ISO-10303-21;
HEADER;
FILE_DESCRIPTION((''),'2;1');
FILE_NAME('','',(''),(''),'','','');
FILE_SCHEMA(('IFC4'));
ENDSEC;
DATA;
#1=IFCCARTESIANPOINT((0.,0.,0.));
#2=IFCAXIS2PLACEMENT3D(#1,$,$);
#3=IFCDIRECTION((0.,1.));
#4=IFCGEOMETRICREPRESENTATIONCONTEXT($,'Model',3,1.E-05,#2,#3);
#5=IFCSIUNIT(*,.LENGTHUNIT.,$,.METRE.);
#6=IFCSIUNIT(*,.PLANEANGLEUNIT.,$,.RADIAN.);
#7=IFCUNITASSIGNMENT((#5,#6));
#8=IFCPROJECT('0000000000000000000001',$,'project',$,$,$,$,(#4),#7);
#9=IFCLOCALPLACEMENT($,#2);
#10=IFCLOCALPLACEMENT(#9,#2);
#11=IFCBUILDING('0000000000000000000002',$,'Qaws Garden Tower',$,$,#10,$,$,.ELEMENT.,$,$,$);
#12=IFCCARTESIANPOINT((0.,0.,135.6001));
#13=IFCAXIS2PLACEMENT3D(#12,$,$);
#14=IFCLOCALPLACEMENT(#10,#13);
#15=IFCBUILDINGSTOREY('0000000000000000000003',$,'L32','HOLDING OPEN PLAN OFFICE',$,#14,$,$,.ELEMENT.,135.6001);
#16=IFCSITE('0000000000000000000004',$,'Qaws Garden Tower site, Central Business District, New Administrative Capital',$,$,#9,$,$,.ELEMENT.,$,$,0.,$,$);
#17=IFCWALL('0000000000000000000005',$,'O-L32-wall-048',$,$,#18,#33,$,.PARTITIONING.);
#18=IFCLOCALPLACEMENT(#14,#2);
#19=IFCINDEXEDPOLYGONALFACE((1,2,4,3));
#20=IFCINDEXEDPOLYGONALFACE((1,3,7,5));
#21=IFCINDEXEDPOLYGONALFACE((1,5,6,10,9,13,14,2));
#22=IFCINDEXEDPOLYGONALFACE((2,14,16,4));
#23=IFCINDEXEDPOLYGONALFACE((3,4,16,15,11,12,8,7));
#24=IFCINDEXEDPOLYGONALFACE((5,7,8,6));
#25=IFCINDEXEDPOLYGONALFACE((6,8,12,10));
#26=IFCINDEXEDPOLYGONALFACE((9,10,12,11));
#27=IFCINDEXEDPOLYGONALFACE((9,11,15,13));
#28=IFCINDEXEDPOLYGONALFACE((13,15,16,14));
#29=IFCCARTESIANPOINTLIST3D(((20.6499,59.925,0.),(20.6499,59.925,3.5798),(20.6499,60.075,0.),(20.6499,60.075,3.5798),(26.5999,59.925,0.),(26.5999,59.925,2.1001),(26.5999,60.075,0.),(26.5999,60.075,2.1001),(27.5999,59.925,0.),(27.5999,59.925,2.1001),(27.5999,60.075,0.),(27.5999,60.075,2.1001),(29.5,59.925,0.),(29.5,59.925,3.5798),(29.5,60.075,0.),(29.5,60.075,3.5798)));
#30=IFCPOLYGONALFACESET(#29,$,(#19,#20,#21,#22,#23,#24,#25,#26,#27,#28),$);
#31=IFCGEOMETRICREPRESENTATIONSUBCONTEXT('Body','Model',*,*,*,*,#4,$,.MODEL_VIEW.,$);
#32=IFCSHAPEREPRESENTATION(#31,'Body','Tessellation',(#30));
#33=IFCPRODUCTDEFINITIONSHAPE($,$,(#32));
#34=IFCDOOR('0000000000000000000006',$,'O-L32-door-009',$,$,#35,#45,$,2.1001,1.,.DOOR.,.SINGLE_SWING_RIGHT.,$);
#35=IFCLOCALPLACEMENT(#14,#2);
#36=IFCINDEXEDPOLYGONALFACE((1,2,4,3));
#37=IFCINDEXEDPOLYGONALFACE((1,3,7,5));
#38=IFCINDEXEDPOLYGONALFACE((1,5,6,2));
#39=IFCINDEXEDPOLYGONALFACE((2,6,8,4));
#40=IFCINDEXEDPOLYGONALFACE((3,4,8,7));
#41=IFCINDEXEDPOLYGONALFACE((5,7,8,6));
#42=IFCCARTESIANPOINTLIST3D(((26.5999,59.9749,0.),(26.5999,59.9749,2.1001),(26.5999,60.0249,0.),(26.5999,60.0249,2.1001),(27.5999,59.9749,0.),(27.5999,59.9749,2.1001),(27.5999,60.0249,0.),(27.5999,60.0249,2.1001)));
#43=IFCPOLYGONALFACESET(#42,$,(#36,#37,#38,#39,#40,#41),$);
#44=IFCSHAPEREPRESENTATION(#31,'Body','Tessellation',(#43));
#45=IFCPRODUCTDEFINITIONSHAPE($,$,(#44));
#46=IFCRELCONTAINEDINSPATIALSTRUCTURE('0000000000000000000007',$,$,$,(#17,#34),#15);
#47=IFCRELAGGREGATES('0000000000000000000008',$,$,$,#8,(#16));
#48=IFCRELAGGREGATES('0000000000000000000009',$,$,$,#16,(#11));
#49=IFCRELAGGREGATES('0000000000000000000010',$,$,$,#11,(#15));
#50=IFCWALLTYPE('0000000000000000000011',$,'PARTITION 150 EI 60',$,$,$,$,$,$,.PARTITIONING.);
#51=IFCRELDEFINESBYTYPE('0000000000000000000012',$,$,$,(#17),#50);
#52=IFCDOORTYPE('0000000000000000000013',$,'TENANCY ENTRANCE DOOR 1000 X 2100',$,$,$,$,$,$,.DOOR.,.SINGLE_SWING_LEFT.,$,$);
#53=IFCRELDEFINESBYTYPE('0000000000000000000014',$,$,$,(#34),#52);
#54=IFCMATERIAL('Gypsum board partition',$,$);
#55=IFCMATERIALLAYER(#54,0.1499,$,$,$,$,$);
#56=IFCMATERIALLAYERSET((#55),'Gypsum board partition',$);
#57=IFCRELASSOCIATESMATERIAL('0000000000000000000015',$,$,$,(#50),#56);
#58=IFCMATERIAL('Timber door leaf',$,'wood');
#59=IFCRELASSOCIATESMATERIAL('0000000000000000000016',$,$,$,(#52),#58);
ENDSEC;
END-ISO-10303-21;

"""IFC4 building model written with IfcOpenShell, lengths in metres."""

from ifc_helpers import new_model, si_unit, direction, frame, frame_2d, origin, place, context, subcontext, project, spatial, rectangle, extrude, material, layer, layer_set, type_object, element, fill, save


model = new_model("IFC4")

# Units and contexts
model_context = context("Model", 3, precision=1e-05, world=origin(), true_north=direction((0.0, 1.0)))
body_context = subcontext(model_context, "Body", "Model", "MODEL_VIEW")
ifc_project = project(units=[si_unit("LENGTHUNIT", "METRE"), si_unit("PLANEANGLEUNIT", "RADIAN")], contexts=[model_context])

# Site, building, storey
site_placement = place(None, origin())
site = spatial("IfcSite", under=ifc_project, at=site_placement, Name="Qaws Garden Tower site, Central Business District, New Administrative Capital", CompositionType="ELEMENT", RefElevation=0.0)
building_placement = place(site_placement, origin())
building = spatial("IfcBuilding", under=site, at=building_placement, Name="Qaws Garden Tower", CompositionType="ELEMENT")
storey_placement = place(building_placement, frame((0.0, 0.0, 135.6001)))
storey = spatial("IfcBuildingStorey", under=building, at=storey_placement, Name="L32", Description="HOLDING OPEN PLAN OFFICE", CompositionType="ELEMENT", Elevation=135.6001)

# Shared definitions
ifc_material_1 = material(Name="Gypsum board partition")
ifc_layer_1 = layer(ifc_material_1, 0.1499)
ifc_layer_set_1 = layer_set([ifc_layer_1], Name="Gypsum board partition")
wall_type_1 = type_object("IfcWallType", Name="PARTITION 150 EI 60", PredefinedType="PARTITIONING", material=ifc_layer_set_1)

# Wall, opening, door
wall_1_placement = place(storey_placement, frame((20.6499, 60.0, 0.0), z_axis=(0.0, 0.0, 1.0), x_axis=(1.0, 0.0, 0.0)))
wall_1 = element("IfcWall", 1, at=wall_1_placement, inside=storey, type_object=wall_type_1, Name="O-L32-wall-048", PredefinedType="PARTITIONING", context=body_context, shape_type="SweptSolid", body=[
    extrude(rectangle(XDim=8.8501, YDim=0.1499, at=frame_2d((4.425, 0.0))), origin(), (0.0, 0.0, 1.0), 3.5798),
])
opening_1_placement = place(wall_1_placement, frame((5.95, 0.0, 0.0)))
opening_1 = element("IfcOpeningElement", 2, at=opening_1_placement, cuts=wall_1, PredefinedType="OPENING", context=body_context, shape_type="SweptSolid", body=[
    extrude(rectangle(XDim=1.0, YDim=2.1001, at=frame_2d((0.5, 1.05))), frame((0.0, 0.085, 0.0), z_axis=(0.0, -1.0, 0.0), x_axis=(1.0, 0.0, 0.0)), (0.0, 0.0, 1.0), 0.1699),
])
ifc_material_2 = material(Name="Timber door leaf", Category="wood")
door_type_1 = type_object("IfcDoorType", Name="TENANCY ENTRANCE DOOR 1000 X 2100", OperationType="SINGLE_SWING_LEFT", PredefinedType="DOOR", material=ifc_material_2)
door_1_placement = place(opening_1_placement, origin())
door_1 = element("IfcDoor", 3, at=door_1_placement, inside=storey, type_object=door_type_1, Name="O-L32-door-009", OperationType="SINGLE_SWING_RIGHT", OverallHeight=2.1001, OverallWidth=1.0, PredefinedType="DOOR", context=body_context, shape_type="SweptSolid", body=[
    extrude(rectangle(XDim=1.0, YDim=2.1001, at=frame_2d((0.5, 1.05))), frame((0.0, 0.0249, 0.0), z_axis=(0.0, -1.0, 0.0), x_axis=(1.0, 0.0, 0.0)), (0.0, 0.0, 1.0), 0.05),
])
fill(opening_1, door_1)

save(model, "model.ifc")
